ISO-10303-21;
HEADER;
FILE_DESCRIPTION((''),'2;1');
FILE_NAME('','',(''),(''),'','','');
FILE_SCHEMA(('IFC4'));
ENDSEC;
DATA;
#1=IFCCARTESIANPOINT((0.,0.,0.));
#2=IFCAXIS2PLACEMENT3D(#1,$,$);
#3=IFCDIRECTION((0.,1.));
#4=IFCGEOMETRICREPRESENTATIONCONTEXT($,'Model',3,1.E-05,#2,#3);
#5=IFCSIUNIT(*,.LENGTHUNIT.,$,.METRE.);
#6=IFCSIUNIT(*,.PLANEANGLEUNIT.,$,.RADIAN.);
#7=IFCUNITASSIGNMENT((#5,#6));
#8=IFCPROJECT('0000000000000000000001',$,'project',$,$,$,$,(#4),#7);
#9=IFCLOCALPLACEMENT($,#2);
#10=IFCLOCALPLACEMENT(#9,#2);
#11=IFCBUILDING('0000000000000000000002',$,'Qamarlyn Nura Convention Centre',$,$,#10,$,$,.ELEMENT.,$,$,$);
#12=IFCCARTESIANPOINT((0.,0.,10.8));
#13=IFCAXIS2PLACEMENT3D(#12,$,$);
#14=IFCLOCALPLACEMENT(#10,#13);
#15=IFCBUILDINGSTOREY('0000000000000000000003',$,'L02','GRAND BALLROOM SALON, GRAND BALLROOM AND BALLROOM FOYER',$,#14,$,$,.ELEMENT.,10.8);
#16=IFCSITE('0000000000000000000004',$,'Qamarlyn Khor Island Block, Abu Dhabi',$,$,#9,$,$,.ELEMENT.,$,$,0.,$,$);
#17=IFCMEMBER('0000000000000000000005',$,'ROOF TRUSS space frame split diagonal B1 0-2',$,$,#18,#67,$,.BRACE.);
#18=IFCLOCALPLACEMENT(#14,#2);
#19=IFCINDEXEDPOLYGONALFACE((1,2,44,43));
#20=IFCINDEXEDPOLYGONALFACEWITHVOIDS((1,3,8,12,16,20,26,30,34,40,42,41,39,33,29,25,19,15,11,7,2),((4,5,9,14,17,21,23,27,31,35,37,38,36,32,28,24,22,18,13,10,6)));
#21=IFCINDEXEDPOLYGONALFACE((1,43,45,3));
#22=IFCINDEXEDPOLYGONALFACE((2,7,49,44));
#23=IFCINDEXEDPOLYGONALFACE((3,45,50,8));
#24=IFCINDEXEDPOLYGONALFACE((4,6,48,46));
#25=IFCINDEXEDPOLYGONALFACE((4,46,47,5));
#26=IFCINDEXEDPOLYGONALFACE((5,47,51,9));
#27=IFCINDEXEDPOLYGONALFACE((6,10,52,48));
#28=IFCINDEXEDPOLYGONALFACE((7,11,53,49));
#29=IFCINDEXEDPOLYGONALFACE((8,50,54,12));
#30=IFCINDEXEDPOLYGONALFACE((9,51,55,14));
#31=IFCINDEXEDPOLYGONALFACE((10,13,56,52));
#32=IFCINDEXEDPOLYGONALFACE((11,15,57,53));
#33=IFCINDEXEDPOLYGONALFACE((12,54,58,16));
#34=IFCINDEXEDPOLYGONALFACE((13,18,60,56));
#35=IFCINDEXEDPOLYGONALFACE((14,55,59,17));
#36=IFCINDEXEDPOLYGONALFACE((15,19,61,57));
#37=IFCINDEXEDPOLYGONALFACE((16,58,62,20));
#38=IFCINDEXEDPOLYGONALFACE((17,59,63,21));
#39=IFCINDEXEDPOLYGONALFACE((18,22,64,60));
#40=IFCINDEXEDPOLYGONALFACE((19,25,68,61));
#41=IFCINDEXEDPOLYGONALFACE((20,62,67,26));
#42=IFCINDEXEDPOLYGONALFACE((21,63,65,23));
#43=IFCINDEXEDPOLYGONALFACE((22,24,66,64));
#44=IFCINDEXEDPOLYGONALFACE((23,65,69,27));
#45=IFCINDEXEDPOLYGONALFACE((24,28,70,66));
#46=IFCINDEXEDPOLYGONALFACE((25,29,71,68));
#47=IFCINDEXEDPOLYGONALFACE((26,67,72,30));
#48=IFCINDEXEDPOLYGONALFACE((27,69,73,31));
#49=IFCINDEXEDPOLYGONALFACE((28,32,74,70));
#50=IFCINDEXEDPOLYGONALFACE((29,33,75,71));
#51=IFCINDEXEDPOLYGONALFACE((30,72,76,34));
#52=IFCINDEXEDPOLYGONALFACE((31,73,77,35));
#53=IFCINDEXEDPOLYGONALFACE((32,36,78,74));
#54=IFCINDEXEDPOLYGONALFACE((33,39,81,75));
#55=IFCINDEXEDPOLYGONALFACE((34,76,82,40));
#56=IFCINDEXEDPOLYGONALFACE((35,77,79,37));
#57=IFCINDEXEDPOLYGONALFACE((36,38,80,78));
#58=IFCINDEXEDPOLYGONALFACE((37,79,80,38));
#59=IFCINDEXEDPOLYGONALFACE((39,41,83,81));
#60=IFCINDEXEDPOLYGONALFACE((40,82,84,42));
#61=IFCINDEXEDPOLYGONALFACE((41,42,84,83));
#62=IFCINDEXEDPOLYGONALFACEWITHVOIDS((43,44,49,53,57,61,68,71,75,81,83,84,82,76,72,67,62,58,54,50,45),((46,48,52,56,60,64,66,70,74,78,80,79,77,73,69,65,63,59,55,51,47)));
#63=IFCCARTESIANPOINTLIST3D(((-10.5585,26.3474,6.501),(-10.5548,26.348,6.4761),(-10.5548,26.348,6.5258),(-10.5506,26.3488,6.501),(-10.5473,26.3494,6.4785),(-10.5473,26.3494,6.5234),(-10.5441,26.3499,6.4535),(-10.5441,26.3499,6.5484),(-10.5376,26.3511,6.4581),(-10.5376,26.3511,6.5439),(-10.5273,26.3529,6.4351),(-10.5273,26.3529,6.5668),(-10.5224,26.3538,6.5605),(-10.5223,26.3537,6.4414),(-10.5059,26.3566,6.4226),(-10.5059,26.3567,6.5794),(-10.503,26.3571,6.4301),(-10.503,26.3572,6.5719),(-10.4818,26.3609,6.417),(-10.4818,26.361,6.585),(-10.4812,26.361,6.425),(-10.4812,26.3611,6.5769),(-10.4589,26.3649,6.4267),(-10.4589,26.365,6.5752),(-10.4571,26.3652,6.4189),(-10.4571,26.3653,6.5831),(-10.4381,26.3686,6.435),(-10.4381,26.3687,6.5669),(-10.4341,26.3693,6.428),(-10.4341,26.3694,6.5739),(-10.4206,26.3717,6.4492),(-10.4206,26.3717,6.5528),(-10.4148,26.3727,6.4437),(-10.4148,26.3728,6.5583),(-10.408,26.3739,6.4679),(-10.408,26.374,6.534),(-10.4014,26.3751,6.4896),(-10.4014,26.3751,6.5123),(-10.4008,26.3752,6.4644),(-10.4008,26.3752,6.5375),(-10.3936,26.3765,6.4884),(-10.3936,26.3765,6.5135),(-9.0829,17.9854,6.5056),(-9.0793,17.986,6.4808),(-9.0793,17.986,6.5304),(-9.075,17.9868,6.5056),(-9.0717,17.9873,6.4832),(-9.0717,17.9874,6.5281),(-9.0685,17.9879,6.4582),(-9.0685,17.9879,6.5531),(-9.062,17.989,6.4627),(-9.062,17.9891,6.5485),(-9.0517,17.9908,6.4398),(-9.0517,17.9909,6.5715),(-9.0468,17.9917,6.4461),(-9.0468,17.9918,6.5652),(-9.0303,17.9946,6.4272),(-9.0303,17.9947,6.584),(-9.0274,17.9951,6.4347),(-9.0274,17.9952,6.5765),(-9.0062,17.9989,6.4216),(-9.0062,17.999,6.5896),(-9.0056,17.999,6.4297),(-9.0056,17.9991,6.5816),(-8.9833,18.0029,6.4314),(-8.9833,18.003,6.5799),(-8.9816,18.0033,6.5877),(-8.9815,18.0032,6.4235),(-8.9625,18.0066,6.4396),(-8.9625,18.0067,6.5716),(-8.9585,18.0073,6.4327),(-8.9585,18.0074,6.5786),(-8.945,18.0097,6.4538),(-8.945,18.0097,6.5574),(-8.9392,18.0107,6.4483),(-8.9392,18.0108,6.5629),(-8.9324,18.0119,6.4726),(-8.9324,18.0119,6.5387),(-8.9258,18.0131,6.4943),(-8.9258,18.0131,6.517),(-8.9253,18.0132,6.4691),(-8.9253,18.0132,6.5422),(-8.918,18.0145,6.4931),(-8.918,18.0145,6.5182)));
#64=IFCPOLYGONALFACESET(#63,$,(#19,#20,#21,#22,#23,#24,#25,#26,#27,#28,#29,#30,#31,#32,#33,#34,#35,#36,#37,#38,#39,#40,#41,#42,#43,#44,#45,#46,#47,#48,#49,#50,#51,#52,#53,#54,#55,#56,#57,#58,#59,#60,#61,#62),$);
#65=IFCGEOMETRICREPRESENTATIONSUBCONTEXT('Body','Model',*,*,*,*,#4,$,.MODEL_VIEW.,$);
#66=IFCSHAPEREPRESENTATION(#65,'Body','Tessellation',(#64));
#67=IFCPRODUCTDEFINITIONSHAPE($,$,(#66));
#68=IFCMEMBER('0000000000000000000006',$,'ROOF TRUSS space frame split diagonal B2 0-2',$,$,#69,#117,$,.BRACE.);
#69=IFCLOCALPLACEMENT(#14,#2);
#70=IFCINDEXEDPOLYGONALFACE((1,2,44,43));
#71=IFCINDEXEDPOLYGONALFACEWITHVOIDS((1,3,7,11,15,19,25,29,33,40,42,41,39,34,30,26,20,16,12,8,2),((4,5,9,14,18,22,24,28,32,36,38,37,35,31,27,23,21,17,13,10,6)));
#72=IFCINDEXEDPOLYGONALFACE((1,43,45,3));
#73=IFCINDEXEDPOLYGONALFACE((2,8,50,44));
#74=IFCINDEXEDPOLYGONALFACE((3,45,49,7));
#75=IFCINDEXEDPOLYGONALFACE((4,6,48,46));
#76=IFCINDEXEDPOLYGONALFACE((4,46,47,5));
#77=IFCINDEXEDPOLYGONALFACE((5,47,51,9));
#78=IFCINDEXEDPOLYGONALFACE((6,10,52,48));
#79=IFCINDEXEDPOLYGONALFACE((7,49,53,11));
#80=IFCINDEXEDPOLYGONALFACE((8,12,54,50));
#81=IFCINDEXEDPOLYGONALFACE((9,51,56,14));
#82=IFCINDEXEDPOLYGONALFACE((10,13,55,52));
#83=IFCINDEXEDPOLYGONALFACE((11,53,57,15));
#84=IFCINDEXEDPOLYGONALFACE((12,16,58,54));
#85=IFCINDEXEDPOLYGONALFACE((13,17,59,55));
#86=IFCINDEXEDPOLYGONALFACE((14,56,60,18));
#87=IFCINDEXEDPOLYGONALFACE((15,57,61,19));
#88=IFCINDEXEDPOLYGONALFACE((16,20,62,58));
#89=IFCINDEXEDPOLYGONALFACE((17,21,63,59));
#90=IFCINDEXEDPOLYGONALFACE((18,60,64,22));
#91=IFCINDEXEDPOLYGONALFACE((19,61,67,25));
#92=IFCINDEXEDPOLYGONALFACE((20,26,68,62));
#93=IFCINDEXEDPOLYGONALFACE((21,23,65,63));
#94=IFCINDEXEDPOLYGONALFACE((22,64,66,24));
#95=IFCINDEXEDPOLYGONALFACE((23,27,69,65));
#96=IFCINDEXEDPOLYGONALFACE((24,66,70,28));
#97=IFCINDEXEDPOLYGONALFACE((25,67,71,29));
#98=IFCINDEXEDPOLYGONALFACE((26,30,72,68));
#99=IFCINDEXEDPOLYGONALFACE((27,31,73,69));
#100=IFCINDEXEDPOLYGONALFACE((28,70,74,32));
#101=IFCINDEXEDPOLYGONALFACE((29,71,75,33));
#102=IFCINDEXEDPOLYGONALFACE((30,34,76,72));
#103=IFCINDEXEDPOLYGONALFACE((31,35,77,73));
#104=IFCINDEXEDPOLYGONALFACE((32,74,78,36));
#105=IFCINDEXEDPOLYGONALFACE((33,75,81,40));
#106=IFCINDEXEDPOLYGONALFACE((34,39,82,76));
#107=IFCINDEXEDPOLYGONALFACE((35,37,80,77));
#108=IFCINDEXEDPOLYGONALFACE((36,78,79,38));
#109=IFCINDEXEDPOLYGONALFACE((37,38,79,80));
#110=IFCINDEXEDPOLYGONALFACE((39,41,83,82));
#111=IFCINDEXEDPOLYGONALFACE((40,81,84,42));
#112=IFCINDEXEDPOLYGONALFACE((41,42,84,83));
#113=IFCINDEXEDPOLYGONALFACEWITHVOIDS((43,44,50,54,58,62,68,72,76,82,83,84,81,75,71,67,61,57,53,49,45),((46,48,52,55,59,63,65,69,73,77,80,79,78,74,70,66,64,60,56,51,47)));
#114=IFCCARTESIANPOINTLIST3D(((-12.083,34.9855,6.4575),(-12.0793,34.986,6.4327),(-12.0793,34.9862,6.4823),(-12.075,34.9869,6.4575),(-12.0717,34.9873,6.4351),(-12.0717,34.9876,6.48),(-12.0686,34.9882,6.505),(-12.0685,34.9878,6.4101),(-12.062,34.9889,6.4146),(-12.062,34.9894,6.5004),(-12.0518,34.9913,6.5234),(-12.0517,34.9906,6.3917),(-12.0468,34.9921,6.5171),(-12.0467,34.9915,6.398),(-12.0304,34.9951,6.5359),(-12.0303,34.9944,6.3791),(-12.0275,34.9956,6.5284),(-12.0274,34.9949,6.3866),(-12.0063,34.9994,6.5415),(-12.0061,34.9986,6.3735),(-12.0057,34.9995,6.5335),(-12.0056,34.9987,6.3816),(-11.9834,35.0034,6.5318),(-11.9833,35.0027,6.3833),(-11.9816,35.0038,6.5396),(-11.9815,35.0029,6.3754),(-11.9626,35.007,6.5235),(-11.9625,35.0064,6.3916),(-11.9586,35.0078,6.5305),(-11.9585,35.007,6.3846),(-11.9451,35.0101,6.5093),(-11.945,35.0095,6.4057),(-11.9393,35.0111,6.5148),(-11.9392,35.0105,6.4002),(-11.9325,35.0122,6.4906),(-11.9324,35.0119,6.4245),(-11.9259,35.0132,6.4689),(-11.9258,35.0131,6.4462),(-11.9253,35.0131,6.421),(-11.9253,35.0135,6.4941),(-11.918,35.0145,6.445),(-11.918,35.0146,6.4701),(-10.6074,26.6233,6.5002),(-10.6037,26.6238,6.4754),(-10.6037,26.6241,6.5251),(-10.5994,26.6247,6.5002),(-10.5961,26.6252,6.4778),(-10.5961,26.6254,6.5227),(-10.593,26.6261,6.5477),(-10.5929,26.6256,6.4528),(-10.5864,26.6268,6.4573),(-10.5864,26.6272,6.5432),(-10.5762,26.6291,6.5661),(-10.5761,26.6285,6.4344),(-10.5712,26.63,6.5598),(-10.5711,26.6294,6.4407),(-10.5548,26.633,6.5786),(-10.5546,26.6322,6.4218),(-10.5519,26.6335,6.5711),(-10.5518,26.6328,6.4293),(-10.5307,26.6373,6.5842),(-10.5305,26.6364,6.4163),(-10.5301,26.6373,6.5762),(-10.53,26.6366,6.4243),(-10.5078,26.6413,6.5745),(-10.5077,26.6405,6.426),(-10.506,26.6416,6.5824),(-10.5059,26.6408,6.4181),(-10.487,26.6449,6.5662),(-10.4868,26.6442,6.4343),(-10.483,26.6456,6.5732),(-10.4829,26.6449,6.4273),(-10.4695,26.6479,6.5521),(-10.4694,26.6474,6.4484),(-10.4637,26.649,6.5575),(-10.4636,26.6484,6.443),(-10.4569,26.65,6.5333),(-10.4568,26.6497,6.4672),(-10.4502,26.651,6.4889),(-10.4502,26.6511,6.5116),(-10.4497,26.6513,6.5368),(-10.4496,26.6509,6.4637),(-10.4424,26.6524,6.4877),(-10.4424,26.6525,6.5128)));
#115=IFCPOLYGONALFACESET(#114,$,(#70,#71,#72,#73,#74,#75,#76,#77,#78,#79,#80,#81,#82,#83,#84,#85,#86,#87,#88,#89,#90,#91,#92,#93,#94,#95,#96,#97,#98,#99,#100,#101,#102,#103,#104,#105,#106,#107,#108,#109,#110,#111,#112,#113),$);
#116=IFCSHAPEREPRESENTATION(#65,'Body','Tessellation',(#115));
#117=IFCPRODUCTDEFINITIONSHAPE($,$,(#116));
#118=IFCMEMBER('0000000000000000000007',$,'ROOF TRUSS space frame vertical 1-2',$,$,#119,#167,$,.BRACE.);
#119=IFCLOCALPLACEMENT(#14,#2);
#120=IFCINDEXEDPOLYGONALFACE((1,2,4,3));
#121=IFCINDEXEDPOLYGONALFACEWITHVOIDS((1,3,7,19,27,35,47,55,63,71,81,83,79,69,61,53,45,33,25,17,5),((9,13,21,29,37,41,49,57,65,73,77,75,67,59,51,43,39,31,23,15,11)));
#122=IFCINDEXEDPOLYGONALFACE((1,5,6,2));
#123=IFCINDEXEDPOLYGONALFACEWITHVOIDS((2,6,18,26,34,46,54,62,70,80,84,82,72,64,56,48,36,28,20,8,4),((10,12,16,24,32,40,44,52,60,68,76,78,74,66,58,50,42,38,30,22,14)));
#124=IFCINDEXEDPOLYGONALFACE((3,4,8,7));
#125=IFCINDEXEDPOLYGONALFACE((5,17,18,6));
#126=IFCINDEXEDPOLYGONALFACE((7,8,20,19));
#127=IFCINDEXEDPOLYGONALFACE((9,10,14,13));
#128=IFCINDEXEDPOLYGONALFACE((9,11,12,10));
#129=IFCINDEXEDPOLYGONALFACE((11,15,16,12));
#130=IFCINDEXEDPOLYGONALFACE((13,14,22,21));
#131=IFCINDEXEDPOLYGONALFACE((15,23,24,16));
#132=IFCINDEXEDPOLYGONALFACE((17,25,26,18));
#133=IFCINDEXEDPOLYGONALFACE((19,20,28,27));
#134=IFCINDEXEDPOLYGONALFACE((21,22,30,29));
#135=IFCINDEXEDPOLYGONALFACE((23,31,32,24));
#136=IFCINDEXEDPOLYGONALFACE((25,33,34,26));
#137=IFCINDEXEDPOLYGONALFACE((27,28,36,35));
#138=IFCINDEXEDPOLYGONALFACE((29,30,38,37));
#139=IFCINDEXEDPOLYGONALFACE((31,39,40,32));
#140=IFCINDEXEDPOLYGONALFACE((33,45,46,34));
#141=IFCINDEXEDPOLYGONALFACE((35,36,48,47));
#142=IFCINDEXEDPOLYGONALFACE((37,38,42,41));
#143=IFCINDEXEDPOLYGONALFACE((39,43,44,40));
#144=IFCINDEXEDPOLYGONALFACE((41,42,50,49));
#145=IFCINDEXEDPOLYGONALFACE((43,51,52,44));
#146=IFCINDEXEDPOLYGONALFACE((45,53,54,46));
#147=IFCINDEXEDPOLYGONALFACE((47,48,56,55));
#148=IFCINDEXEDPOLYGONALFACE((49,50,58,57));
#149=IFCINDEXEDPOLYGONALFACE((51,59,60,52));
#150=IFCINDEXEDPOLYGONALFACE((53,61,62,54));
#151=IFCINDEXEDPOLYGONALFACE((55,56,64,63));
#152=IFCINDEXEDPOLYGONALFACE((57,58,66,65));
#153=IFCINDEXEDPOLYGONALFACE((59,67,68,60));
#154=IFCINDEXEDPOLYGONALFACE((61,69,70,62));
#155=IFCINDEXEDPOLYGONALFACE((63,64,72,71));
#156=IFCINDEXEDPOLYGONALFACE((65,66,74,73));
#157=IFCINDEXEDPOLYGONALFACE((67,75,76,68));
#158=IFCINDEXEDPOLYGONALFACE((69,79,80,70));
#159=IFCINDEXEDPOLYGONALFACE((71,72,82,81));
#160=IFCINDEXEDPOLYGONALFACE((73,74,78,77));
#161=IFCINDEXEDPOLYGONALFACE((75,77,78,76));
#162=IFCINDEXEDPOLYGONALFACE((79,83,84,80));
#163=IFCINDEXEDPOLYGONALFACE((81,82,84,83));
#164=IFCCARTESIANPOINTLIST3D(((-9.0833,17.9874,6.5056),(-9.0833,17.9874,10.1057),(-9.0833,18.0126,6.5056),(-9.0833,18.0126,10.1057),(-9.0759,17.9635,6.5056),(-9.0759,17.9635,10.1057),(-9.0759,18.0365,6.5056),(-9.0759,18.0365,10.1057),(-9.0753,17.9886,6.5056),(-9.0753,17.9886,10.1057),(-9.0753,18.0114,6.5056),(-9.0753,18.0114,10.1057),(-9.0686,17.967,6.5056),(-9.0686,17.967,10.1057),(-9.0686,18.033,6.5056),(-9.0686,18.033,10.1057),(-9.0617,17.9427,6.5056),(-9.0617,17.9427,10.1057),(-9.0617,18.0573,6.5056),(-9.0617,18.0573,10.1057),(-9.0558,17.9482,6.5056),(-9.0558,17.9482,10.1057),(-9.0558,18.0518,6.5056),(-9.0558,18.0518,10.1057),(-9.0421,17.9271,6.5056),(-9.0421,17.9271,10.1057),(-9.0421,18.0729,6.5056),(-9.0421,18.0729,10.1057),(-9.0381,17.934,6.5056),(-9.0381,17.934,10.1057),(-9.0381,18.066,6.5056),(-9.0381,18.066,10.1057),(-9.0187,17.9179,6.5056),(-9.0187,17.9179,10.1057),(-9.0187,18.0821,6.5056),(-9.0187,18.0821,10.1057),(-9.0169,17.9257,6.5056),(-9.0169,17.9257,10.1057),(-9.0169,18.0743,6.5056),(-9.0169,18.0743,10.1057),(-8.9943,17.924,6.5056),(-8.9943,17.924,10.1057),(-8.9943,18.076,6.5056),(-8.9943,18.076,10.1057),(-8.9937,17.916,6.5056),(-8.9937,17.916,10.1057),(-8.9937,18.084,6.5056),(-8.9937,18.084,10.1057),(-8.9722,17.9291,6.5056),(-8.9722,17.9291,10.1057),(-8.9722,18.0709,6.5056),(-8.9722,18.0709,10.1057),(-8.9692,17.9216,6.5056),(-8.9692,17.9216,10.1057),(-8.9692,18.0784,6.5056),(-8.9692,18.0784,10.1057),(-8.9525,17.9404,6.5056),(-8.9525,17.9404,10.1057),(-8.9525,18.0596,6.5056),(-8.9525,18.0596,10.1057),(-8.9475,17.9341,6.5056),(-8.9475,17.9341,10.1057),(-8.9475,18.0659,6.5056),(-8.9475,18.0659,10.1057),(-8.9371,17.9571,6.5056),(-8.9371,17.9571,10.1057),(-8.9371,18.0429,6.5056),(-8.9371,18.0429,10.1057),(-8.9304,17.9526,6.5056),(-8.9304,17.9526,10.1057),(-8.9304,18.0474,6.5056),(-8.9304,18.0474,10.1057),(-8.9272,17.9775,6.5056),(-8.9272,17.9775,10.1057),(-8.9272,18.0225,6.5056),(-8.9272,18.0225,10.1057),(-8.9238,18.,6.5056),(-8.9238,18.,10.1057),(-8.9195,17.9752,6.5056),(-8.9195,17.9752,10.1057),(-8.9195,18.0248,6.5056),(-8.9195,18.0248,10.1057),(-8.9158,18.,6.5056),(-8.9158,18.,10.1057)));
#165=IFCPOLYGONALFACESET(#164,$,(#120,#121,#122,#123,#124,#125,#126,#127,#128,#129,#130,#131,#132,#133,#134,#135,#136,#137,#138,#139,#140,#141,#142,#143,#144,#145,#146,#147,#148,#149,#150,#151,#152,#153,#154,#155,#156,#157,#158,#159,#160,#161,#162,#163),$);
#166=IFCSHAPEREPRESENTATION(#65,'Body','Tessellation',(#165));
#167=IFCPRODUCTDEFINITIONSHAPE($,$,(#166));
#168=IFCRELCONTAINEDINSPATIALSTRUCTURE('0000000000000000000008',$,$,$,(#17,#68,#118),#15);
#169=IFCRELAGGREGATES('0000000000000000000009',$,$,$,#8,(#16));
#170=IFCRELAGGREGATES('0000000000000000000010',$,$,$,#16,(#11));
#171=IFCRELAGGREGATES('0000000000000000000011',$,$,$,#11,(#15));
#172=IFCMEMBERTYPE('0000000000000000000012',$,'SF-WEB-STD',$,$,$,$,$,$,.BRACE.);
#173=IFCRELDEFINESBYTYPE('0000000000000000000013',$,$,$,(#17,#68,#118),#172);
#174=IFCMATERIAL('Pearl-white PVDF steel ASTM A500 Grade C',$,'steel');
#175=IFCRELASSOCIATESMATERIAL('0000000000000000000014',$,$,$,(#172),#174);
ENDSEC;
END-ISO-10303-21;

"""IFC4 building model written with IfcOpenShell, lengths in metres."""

from ifc_helpers import new_model, si_unit, direction, frame, origin, origin_2d, place, context, subcontext, project, spatial, hollow_circle, extrude, material, material_profile, profile_set, type_object, element, save


model = new_model("IFC4")

# Units and contexts
model_context = context("Model", 3, precision=1e-05, world=origin(), true_north=direction((0.0, 1.0)))
body_context = subcontext(model_context, "Body", "Model", "MODEL_VIEW")
ifc_project = project(units=[si_unit("LENGTHUNIT", "METRE"), si_unit("PLANEANGLEUNIT", "RADIAN")], contexts=[model_context])

# Site, building, storey
site_placement = place(None, origin())
site = spatial("IfcSite", under=ifc_project, at=site_placement, Name="Qamarlyn Khor Island Block, Abu Dhabi", CompositionType="ELEMENT", RefElevation=0.0)
building_placement = place(site_placement, origin())
building = spatial("IfcBuilding", under=site, at=building_placement, Name="Qamarlyn Nura Convention Centre", CompositionType="ELEMENT")
storey_placement = place(building_placement, frame((0.0, 0.0, 10.8)))
storey = spatial("IfcBuildingStorey", under=building, at=storey_placement, Name="L02", Description="GRAND BALLROOM SALON, GRAND BALLROOM AND BALLROOM FOYER", CompositionType="ELEMENT", Elevation=10.8)

# Members
ifc_material_1 = material(Name="Pearl-white PVDF steel ASTM A500 Grade C", Category="steel")
ifc_material_profile_1 = material_profile(ifc_material_1, hollow_circle(Radius=0.0842, WallThickness=0.0081, at=origin_2d()), Name="CHS168.3X8")
ifc_profile_set_1 = profile_set([ifc_material_profile_1], Name="Pearl-white PVDF steel ASTM A500 Grade C")
member_type_1 = type_object("IfcMemberType", Name="SF-WEB-STD", PredefinedType="BRACE", material=ifc_profile_set_1)
member_1_placement = place(storey_placement, frame((-9.0, 18.0, 6.5056), z_axis=(-0.173777, 0.984785, -0.000546), x_axis=(-0.984785, -0.173777, 0.0)))
element("IfcMember", 1, at=member_1_placement, inside=storey, type_object=member_type_1, Name="ROOF TRUSS space frame split diagonal B1 0-2", PredefinedType="BRACE", context=body_context, shape_type="SweptSolid", body=[
    extrude(hollow_circle(Radius=0.0842, WallThickness=0.0081, at=origin_2d()), origin(), (0.0, 0.0, 1.0), 8.4912),
])
member_2_placement = place(storey_placement, frame((-10.5244, 26.6379, 6.5002), z_axis=(-0.173775, 0.984773, -0.005032), x_axis=(-0.984785, -0.173777, 0.0)))
element("IfcMember", 2, at=member_2_placement, inside=storey, type_object=member_type_1, Name="ROOF TRUSS space frame split diagonal B2 0-2", PredefinedType="BRACE", context=body_context, shape_type="SweptSolid", body=[
    extrude(hollow_circle(Radius=0.0842, WallThickness=0.0081, at=origin_2d()), origin(), (0.0, 0.0, 1.0), 8.4915),
])
member_3_placement = place(storey_placement, frame((-9.0, 18.0, 6.5056), z_axis=(0.0, 0.0, 1.0), x_axis=(1.0, 0.0, 0.0)))
element("IfcMember", 3, at=member_3_placement, inside=storey, type_object=member_type_1, Name="ROOF TRUSS space frame vertical 1-2", PredefinedType="BRACE", context=body_context, shape_type="SweptSolid", body=[
    extrude(hollow_circle(Radius=0.0842, WallThickness=0.0081, at=origin_2d()), origin(), (0.0, 0.0, 1.0), 3.6001),
])

save(model, "model.ifc")
